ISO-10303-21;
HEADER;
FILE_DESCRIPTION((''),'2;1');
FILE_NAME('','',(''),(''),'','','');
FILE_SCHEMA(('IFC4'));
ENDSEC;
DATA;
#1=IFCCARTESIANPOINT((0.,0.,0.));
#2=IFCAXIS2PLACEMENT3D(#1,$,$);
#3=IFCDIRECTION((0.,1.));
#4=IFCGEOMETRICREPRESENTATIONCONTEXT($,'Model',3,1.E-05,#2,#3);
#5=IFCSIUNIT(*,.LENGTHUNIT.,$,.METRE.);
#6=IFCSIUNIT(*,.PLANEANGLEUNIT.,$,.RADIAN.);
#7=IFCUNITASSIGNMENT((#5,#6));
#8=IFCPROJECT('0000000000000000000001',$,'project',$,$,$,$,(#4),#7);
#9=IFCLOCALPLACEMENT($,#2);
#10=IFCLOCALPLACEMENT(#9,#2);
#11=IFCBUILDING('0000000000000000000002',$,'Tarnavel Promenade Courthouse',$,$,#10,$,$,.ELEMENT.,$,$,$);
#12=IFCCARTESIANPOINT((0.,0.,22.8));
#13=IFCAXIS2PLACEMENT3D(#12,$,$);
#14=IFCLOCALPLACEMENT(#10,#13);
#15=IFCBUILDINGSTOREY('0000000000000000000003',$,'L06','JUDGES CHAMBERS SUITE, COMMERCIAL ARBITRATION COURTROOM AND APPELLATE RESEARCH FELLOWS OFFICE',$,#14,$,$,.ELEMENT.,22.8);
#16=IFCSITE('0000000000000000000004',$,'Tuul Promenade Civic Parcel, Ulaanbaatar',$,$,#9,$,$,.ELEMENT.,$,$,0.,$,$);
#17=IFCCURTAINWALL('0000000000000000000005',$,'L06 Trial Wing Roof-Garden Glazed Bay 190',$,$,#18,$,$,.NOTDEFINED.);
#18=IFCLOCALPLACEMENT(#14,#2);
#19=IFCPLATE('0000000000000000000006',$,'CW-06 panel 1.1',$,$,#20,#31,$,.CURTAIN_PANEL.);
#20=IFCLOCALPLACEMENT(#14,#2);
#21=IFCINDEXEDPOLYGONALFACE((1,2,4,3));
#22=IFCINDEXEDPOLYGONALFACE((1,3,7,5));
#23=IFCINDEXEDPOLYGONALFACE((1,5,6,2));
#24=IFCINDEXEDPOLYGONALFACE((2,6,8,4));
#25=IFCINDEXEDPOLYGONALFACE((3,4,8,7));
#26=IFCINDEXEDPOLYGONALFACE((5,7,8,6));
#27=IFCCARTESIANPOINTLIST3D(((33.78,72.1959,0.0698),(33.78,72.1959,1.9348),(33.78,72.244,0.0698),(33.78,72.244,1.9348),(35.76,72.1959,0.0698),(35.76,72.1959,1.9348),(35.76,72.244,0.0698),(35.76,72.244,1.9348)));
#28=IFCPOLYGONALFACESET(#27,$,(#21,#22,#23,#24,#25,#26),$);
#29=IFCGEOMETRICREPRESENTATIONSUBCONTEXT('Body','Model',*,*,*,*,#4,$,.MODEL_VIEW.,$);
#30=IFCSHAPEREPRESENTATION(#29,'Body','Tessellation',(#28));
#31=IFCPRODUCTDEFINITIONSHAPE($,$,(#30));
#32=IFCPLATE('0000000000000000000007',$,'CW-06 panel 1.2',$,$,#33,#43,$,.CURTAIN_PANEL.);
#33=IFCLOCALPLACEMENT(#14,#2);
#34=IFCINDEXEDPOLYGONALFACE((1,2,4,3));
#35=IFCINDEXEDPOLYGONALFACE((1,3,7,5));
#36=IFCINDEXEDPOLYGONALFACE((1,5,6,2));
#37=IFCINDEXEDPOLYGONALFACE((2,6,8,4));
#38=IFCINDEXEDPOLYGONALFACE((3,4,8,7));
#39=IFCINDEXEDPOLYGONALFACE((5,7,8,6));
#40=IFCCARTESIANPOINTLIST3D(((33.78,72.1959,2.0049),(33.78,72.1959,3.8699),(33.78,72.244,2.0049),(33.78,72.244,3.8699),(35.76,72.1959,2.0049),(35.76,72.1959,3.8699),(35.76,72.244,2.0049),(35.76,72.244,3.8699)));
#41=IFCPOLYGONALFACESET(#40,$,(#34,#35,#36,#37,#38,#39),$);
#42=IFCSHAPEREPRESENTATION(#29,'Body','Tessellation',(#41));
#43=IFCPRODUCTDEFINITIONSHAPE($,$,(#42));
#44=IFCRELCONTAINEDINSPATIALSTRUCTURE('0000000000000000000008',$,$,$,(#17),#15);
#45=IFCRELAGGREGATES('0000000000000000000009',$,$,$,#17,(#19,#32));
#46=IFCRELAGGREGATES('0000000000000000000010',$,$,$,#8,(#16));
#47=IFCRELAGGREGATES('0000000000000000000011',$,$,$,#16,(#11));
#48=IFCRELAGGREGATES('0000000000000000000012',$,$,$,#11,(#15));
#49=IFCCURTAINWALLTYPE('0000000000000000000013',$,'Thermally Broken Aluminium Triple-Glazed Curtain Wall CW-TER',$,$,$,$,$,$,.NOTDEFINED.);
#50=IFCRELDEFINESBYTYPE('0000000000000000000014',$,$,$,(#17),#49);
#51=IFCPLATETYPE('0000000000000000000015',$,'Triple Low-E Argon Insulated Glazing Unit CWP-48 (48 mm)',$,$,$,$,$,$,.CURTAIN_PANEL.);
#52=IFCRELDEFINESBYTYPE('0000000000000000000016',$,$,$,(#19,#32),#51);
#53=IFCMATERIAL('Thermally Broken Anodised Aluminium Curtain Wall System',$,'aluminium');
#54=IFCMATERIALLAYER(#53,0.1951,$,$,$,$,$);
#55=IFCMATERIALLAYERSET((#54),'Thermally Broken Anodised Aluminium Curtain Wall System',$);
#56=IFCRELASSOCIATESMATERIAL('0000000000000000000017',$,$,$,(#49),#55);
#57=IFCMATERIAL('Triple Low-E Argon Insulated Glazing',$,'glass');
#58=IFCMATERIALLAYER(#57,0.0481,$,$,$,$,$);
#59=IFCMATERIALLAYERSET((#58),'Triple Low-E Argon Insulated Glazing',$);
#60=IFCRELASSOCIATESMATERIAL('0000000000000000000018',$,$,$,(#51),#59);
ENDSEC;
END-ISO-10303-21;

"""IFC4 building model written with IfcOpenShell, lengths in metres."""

from ifc_helpers import new_model, si_unit, direction, frame, origin, origin_2d, place, context, subcontext, project, spatial, rectangle, extrude, material, layer, layer_set, type_object, element, aggregate, save


model = new_model("IFC4")

# Units and contexts
model_context = context("Model", 3, precision=1e-05, world=origin(), true_north=direction((0.0, 1.0)))
body_context = subcontext(model_context, "Body", "Model", "MODEL_VIEW")
ifc_project = project(units=[si_unit("LENGTHUNIT", "METRE"), si_unit("PLANEANGLEUNIT", "RADIAN")], contexts=[model_context])

# Site, building, storey
site_placement = place(None, origin())
site = spatial("IfcSite", under=ifc_project, at=site_placement, Name="Tuul Promenade Civic Parcel, Ulaanbaatar", CompositionType="ELEMENT", RefElevation=0.0)
building_placement = place(site_placement, origin())
building = spatial("IfcBuilding", under=site, at=building_placement, Name="Tarnavel Promenade Courthouse", CompositionType="ELEMENT")
storey_placement = place(building_placement, frame((0.0, 0.0, 22.8)))
storey = spatial("IfcBuildingStorey", under=building, at=storey_placement, Name="L06", Description="JUDGES CHAMBERS SUITE, COMMERCIAL ARBITRATION COURTROOM AND APPELLATE RESEARCH FELLOWS OFFICE", CompositionType="ELEMENT", Elevation=22.8)

# Curtain wall
ifc_material_1 = material(Name="Thermally Broken Anodised Aluminium Curtain Wall System", Category="aluminium")
ifc_layer_1 = layer(ifc_material_1, 0.1951)
ifc_layer_set_1 = layer_set([ifc_layer_1], Name="Thermally Broken Anodised Aluminium Curtain Wall System")
curtain_wall_type = type_object("IfcCurtainWallType", Name="Thermally Broken Aluminium Triple-Glazed Curtain Wall CW-TER", PredefinedType="NOTDEFINED", material=ifc_layer_set_1)
curtain_wall_1_placement = place(storey_placement, origin())
curtain_wall_1 = element("IfcCurtainWall", 1, at=curtain_wall_1_placement, inside=storey, type_object=curtain_wall_type, Name="L06 Trial Wing Roof-Garden Glazed Bay 190", PredefinedType="NOTDEFINED")

# Plates
ifc_material_2 = material(Name="Triple Low-E Argon Insulated Glazing", Category="glass")
ifc_layer_2 = layer(ifc_material_2, 0.0481)
ifc_layer_set_2 = layer_set([ifc_layer_2], Name="Triple Low-E Argon Insulated Glazing")
plate_type = type_object("IfcPlateType", Name="Triple Low-E Argon Insulated Glazing Unit CWP-48 (48 mm)", PredefinedType="CURTAIN_PANEL", material=ifc_layer_set_2)
plate_1_placement = place(storey_placement, frame((34.77, 72.22, 0.0698), z_axis=(0.0, 0.0, 1.0), x_axis=(1.0, 0.0, 0.0)))
plate_1 = element("IfcPlate", 2, at=plate_1_placement, type_object=plate_type, Name="CW-06 panel 1.1", PredefinedType="CURTAIN_PANEL", context=body_context, shape_type="SweptSolid", body=[
    extrude(rectangle(XDim=1.98, YDim=0.0481, at=origin_2d()), origin(), (0.0, 0.0, 1.0), 1.865),
])
plate_2_placement = place(storey_placement, frame((34.77, 72.22, 2.0049), z_axis=(0.0, 0.0, 1.0), x_axis=(1.0, 0.0, 0.0)))
plate_2 = element("IfcPlate", 3, at=plate_2_placement, type_object=plate_type, Name="CW-06 panel 1.2", PredefinedType="CURTAIN_PANEL", context=body_context, shape_type="SweptSolid", body=[
    extrude(rectangle(XDim=1.98, YDim=0.0481, at=origin_2d()), origin(), (0.0, 0.0, 1.0), 1.865),
])
aggregate(curtain_wall_1, [plate_1, plate_2])

save(model, "model.ifc")
